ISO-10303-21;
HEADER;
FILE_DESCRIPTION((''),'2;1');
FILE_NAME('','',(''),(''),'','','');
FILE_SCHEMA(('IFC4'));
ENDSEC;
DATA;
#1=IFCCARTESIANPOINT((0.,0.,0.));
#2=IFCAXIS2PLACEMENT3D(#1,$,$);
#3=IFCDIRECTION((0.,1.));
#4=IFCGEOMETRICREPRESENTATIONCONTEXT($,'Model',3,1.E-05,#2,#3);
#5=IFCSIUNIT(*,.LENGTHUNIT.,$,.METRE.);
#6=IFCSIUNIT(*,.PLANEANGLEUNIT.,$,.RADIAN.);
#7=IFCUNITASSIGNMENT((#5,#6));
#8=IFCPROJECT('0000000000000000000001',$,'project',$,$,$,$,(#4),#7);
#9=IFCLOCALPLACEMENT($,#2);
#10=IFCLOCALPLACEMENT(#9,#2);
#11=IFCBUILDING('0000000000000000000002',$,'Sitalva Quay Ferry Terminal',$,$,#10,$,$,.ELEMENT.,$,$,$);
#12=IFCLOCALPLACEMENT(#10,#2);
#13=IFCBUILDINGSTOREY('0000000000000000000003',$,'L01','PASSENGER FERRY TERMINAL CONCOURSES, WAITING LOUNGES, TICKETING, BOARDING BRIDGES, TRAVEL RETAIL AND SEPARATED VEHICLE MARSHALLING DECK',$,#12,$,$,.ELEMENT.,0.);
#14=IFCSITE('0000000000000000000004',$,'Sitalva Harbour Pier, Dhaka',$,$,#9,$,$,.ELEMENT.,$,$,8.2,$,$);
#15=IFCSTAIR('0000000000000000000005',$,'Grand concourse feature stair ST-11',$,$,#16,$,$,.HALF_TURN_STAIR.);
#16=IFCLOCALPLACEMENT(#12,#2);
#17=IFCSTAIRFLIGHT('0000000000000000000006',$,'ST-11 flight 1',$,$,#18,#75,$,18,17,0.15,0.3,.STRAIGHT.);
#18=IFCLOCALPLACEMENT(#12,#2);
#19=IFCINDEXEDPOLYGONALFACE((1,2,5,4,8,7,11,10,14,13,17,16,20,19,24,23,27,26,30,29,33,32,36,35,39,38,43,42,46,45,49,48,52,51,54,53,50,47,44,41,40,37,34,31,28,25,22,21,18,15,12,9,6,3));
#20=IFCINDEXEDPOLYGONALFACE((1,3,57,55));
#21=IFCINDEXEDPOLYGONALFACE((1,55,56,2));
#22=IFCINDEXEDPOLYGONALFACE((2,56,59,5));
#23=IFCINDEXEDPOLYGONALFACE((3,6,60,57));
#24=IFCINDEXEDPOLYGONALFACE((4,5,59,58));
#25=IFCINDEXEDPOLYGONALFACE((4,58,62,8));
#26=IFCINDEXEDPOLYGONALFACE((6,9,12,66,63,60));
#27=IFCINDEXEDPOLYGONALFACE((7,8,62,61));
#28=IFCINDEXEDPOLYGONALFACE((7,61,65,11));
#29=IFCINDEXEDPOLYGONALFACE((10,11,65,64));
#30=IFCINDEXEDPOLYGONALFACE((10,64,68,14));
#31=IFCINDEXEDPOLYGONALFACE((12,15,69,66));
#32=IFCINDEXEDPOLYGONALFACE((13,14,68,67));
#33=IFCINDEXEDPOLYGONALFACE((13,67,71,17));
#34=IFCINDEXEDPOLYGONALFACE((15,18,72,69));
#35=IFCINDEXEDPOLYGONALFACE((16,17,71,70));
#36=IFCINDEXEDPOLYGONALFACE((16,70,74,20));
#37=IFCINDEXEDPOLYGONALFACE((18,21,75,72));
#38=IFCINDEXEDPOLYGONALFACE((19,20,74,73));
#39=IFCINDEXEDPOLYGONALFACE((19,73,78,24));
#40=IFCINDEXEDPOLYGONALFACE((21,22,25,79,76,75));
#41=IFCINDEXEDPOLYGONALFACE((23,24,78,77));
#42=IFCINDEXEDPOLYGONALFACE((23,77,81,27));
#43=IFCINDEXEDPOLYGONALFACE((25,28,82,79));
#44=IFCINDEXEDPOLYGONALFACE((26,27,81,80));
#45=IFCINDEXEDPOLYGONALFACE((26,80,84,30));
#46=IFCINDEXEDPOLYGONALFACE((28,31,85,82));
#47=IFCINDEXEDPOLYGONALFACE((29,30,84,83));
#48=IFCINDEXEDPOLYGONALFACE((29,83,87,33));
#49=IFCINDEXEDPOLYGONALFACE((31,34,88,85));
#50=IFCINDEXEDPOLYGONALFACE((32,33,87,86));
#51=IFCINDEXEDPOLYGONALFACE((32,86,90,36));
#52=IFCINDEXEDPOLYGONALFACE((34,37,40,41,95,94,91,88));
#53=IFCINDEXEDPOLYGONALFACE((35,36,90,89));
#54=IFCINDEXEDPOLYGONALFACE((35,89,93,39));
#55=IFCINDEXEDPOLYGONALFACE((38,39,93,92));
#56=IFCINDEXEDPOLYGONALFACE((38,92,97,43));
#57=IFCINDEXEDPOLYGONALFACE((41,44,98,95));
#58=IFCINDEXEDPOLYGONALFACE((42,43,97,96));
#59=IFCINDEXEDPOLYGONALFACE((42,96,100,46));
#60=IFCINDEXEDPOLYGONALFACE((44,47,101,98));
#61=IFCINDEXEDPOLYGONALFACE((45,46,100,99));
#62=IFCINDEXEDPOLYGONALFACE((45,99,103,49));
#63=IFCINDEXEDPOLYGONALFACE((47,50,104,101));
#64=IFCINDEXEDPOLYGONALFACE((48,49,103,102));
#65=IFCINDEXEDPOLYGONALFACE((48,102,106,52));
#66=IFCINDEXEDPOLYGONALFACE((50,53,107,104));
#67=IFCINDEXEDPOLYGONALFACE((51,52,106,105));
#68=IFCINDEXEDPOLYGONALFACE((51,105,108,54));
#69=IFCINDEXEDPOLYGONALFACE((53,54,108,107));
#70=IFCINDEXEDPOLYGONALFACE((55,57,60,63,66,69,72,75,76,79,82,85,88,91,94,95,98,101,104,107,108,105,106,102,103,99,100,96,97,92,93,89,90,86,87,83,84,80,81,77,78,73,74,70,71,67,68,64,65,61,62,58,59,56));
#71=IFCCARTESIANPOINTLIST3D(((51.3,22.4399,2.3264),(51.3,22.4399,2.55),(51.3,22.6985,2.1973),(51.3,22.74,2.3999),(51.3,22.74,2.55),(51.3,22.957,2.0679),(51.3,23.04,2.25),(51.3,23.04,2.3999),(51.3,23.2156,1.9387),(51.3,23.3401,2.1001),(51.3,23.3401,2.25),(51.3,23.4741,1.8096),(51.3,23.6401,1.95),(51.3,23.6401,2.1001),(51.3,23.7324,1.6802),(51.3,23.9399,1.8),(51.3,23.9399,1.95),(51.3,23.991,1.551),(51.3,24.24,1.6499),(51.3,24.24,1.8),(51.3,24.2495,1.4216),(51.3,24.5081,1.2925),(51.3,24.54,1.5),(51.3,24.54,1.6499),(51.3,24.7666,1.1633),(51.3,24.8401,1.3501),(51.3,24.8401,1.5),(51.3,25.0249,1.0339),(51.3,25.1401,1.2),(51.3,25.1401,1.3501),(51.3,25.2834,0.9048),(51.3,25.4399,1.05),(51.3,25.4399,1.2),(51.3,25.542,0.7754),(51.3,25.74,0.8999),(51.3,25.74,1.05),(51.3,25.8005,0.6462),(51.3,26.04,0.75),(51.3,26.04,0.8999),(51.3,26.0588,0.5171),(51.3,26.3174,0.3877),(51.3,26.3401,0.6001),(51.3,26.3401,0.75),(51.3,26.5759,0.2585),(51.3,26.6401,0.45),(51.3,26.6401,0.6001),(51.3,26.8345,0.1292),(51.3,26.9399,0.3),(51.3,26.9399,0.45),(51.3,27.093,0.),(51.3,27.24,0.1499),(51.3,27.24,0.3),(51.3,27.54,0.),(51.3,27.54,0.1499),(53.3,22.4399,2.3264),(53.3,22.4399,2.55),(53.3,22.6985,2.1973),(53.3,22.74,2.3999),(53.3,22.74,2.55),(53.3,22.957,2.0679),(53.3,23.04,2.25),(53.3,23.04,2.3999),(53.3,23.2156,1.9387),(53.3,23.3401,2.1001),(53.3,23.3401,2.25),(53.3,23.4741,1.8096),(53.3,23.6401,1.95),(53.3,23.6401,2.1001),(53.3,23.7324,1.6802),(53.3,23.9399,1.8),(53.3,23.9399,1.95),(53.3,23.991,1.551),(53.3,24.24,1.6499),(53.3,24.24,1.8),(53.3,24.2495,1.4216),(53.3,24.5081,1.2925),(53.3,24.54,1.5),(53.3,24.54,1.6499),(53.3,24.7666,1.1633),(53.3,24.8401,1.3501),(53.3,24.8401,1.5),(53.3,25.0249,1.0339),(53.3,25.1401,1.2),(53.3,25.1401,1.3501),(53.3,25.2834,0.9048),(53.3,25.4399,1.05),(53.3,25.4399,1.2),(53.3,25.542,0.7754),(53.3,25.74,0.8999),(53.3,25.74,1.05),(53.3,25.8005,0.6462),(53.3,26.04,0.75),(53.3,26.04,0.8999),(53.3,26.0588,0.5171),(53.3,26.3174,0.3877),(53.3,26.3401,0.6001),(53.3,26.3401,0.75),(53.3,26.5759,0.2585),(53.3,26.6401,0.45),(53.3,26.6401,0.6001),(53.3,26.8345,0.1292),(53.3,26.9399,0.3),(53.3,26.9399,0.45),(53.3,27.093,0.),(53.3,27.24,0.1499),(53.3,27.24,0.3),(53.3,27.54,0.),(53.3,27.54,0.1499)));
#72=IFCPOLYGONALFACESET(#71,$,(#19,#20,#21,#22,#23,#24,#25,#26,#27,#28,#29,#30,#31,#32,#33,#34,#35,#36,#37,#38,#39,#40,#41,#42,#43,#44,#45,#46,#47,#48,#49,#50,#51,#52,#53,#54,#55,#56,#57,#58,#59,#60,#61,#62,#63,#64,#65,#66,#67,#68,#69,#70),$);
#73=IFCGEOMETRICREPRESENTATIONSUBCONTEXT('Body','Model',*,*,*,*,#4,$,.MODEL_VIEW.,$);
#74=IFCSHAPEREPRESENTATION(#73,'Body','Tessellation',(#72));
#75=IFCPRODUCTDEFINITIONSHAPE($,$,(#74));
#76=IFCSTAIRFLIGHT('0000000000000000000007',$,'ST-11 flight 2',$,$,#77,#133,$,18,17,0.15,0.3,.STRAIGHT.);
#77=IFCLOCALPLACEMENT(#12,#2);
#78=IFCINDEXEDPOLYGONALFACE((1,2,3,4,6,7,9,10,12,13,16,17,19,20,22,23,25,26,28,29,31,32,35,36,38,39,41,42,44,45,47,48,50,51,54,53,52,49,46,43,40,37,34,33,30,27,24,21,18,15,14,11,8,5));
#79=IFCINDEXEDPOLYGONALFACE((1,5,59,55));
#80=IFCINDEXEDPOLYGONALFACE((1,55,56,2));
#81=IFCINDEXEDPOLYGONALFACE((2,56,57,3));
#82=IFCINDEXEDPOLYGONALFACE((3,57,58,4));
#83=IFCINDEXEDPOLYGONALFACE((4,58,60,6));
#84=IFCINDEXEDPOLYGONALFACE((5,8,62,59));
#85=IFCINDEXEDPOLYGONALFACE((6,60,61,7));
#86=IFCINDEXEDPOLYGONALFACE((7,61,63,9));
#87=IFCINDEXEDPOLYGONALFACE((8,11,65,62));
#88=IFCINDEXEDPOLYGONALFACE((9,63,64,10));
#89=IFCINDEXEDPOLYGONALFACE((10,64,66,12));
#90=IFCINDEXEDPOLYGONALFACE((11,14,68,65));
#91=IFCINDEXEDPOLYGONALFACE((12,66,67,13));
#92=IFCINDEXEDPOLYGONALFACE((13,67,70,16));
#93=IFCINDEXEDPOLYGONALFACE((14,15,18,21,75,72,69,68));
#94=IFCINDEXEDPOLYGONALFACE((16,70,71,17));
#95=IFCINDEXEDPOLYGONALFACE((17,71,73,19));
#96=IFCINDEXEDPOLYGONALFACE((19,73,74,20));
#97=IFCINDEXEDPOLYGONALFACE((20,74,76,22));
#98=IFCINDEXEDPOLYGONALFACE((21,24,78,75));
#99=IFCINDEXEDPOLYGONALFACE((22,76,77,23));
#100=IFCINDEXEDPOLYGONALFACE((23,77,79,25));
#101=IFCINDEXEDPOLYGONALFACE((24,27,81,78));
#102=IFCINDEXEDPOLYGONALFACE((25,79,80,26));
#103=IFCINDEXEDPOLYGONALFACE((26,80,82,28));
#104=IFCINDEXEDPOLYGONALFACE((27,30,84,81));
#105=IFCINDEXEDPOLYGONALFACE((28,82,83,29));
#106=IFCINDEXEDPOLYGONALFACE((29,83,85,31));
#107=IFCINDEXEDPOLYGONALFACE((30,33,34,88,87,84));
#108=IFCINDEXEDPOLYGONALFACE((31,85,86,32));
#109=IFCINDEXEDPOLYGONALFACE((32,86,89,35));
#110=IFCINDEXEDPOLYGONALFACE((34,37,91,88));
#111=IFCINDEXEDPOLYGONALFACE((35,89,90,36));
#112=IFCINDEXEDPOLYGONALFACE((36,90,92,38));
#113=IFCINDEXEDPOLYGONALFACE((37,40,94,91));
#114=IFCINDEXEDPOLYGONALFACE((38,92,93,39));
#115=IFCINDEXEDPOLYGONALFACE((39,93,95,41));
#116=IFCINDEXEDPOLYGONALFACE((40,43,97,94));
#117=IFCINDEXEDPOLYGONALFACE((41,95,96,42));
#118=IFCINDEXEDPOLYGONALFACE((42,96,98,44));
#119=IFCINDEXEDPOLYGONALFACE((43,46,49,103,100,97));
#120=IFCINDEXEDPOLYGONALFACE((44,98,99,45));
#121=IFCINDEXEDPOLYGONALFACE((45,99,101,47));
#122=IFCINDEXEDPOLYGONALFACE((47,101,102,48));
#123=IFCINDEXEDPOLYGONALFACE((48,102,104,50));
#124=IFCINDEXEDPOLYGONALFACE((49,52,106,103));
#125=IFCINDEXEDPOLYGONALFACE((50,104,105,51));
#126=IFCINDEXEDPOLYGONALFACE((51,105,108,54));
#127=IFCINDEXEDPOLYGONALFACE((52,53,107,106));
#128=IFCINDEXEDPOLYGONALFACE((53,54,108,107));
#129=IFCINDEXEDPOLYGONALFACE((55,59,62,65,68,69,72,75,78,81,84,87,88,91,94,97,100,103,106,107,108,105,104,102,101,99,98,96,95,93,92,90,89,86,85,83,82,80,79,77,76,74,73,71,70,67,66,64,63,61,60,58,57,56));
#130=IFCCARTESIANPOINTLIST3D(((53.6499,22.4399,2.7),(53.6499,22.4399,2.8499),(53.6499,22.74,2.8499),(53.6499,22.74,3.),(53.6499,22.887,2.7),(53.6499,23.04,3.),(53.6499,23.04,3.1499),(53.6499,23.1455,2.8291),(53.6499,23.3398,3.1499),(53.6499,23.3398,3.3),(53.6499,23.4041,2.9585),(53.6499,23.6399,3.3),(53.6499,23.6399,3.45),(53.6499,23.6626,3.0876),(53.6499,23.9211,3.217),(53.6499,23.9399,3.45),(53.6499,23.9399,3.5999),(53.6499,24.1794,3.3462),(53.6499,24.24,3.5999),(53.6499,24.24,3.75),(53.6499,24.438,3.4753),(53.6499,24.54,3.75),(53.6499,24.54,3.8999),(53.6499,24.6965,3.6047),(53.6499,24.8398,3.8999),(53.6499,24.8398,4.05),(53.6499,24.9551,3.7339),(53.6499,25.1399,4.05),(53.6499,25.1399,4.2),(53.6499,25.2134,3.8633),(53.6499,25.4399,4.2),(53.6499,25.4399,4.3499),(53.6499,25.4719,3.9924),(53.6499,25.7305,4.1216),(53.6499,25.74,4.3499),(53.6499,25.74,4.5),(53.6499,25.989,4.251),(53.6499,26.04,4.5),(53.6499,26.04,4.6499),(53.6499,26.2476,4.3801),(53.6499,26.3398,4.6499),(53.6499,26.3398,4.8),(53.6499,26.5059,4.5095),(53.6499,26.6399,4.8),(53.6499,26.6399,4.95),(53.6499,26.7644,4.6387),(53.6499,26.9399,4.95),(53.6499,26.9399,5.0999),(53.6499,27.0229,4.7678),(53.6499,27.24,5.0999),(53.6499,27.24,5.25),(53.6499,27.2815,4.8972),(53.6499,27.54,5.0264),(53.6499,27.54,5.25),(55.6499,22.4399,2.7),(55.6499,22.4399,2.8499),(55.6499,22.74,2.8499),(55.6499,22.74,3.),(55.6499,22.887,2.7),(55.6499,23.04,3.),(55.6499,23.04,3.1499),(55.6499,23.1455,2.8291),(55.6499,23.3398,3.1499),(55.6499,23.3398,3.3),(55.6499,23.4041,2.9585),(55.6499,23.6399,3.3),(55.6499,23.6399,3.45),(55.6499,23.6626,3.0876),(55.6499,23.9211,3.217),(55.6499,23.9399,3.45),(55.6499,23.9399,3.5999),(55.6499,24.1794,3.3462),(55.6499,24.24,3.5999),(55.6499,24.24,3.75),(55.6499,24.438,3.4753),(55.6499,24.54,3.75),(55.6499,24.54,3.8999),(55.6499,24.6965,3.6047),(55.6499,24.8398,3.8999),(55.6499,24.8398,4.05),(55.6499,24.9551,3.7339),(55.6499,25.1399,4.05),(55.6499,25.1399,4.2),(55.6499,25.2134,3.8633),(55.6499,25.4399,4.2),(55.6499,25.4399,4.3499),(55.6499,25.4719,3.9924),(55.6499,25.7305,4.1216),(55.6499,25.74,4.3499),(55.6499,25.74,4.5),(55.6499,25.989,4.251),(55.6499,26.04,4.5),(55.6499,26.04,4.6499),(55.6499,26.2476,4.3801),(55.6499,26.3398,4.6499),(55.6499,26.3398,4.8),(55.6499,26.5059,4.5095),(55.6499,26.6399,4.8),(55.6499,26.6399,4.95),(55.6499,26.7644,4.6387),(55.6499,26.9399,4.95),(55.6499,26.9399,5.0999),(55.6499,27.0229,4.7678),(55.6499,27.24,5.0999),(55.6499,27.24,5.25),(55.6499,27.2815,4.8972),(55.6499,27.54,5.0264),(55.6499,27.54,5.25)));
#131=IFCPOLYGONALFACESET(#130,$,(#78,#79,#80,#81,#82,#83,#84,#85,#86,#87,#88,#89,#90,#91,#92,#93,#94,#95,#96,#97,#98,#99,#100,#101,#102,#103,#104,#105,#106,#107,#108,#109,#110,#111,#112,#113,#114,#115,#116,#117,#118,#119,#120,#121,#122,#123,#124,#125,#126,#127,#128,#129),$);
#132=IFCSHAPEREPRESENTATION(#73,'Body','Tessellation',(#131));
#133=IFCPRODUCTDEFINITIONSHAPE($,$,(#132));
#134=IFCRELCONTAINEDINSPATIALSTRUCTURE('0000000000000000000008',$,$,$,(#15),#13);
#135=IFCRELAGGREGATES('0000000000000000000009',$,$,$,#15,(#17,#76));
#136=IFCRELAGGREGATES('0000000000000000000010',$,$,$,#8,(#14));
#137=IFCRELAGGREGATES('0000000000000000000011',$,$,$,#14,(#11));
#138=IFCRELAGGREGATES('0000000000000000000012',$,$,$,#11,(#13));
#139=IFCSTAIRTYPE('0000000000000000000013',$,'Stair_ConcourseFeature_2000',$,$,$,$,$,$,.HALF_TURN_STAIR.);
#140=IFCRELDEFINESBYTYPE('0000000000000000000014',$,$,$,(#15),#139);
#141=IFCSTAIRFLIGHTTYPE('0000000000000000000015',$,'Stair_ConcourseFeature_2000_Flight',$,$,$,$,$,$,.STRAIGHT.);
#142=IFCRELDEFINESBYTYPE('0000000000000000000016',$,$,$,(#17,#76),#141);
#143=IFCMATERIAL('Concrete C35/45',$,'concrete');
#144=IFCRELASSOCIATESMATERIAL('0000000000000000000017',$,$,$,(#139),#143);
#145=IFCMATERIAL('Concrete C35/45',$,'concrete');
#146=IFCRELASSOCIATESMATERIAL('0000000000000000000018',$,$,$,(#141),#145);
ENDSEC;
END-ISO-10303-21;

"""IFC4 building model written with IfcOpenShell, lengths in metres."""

from ifc_helpers import new_model, si_unit, direction, frame, origin, place, context, subcontext, project, spatial, polyline, outline, extrude, material, type_object, element, aggregate, save


model = new_model("IFC4")

# Units and contexts
model_context = context("Model", 3, precision=1e-05, world=origin(), true_north=direction((0.0, 1.0)))
body_context = subcontext(model_context, "Body", "Model", "MODEL_VIEW")
ifc_project = project(units=[si_unit("LENGTHUNIT", "METRE"), si_unit("PLANEANGLEUNIT", "RADIAN")], contexts=[model_context])

# Site, building, storey
site_placement = place(None, origin())
site = spatial("IfcSite", under=ifc_project, at=site_placement, Name="Sitalva Harbour Pier, Dhaka", CompositionType="ELEMENT", RefElevation=8.2)
building_placement = place(site_placement, origin())
building = spatial("IfcBuilding", under=site, at=building_placement, Name="Sitalva Quay Ferry Terminal", CompositionType="ELEMENT")
storey_placement = place(building_placement, origin())
storey = spatial("IfcBuildingStorey", under=building, at=storey_placement, Name="L01", Description="PASSENGER FERRY TERMINAL CONCOURSES, WAITING LOUNGES, TICKETING, BOARDING BRIDGES, TRAVEL RETAIL AND SEPARATED VEHICLE MARSHALLING DECK", CompositionType="ELEMENT", Elevation=0.0)

# Stair, stair flights
ifc_material_1 = material(Name="Concrete C35/45", Category="concrete")
stair_type = type_object("IfcStairType", Name="Stair_ConcourseFeature_2000", PredefinedType="HALF_TURN_STAIR", material=ifc_material_1)
stair_placement = place(storey_placement, origin())
stair = element("IfcStair", 1, at=stair_placement, inside=storey, type_object=stair_type, Name="Grand concourse feature stair ST-11", PredefinedType="HALF_TURN_STAIR")
ifc_material_2 = material(Name="Concrete C35/45", Category="concrete")
stair_flight_type = type_object("IfcStairFlightType", Name="Stair_ConcourseFeature_2000_Flight", PredefinedType="STRAIGHT", material=ifc_material_2)
stair_flight_1_placement = place(storey_placement, frame((52.3, 27.54, 0.0), z_axis=(0.0, 0.0, 1.0), x_axis=(0.0, -1.0, 0.0)))
stair_flight_1 = element("IfcStairFlight", 2, at=stair_flight_1_placement, type_object=stair_flight_type, Name="ST-11 flight 1", NumberOfRisers=18, NumberOfTreads=17, PredefinedType="STRAIGHT", RiserHeight=0.15, TreadLength=0.3, context=body_context, shape_type="SweptSolid", body=[
    extrude(outline(polyline([(0.0, 0.0), (0.0, 0.1499), (0.3, 0.1499), (0.3, 0.3), (0.6001, 0.3), (0.6001, 0.45), (0.8999, 0.45), (0.8999, 0.6001), (1.2, 0.6001), (1.2, 0.75), (1.5, 0.75), (1.5, 0.8999), (1.8, 0.8999), (1.8, 1.05), (2.1001, 1.05), (2.1001, 1.2), (2.3999, 1.2), (2.3999, 1.3501), (2.7, 1.3501), (2.7, 1.5), (3.0, 1.5), (3.0, 1.6499), (3.3, 1.6499), (3.3, 1.8), (3.6001, 1.8), (3.6001, 1.95), (3.8999, 1.95), (3.8999, 2.1001), (4.2, 2.1001), (4.2, 2.25), (4.5, 2.25), (4.5, 2.3999), (4.8, 2.3999), (4.8, 2.55), (5.1001, 2.55), (5.1001, 2.7), (5.1001, 2.3264), (4.8416, 2.1973), (4.583, 2.0679), (4.3245, 1.9387), (4.0659, 1.8096), (3.8076, 1.6802), (3.5491, 1.551), (3.2905, 1.4216), (3.032, 1.2925), (2.7734, 1.1633), (2.5151, 1.0339), (2.2566, 0.9048), (1.998, 0.7754), (1.7395, 0.6462), (1.4812, 0.5171), (1.2227, 0.3877), (0.9641, 0.2585), (0.7056, 0.1292), (0.447, 0.0), (0.0, 0.0)])), frame((0.0, 1.0, 0.0), z_axis=(0.0, -1.0, 0.0), x_axis=(1.0, 0.0, 0.0)), (0.0, 0.0, 1.0), 2.0),
])
stair_flight_2_placement = place(storey_placement, frame((54.6499, 22.4399, 2.7), z_axis=(0.0, 0.0, 1.0), x_axis=(0.0, 1.0, 0.0)))
stair_flight_2 = element("IfcStairFlight", 3, at=stair_flight_2_placement, type_object=stair_flight_type, Name="ST-11 flight 2", NumberOfRisers=18, NumberOfTreads=17, PredefinedType="STRAIGHT", RiserHeight=0.15, TreadLength=0.3, context=body_context, shape_type="SweptSolid", body=[
    extrude(outline(polyline([(0.0, 0.0), (0.0, 0.1499), (0.3, 0.1499), (0.3, 0.3), (0.6001, 0.3), (0.6001, 0.45), (0.8999, 0.45), (0.8999, 0.6001), (1.2, 0.6001), (1.2, 0.75), (1.5, 0.75), (1.5, 0.8999), (1.8, 0.8999), (1.8, 1.05), (2.1001, 1.05), (2.1001, 1.2), (2.3999, 1.2), (2.3999, 1.3501), (2.7, 1.3501), (2.7, 1.5), (3.0, 1.5), (3.0, 1.6499), (3.3, 1.6499), (3.3, 1.8), (3.6001, 1.8), (3.6001, 1.95), (3.8999, 1.95), (3.8999, 2.1001), (4.2, 2.1001), (4.2, 2.25), (4.5, 2.25), (4.5, 2.3999), (4.8, 2.3999), (4.8, 2.55), (5.1001, 2.55), (5.1001, 2.7), (5.1001, 2.3264), (4.8416, 2.1973), (4.583, 2.0679), (4.3245, 1.9387), (4.0659, 1.8096), (3.8076, 1.6802), (3.5491, 1.551), (3.2905, 1.4216), (3.032, 1.2925), (2.7734, 1.1633), (2.5151, 1.0339), (2.2566, 0.9048), (1.998, 0.7754), (1.7395, 0.6462), (1.4812, 0.5171), (1.2227, 0.3877), (0.9641, 0.2585), (0.7056, 0.1292), (0.447, 0.0), (0.0, 0.0)])), frame((0.0, 1.0, 0.0), z_axis=(0.0, -1.0, 0.0), x_axis=(1.0, 0.0, 0.0)), (0.0, 0.0, 1.0), 2.0),
])
aggregate(stair, [stair_flight_1, stair_flight_2])

save(model, "model.ifc")
